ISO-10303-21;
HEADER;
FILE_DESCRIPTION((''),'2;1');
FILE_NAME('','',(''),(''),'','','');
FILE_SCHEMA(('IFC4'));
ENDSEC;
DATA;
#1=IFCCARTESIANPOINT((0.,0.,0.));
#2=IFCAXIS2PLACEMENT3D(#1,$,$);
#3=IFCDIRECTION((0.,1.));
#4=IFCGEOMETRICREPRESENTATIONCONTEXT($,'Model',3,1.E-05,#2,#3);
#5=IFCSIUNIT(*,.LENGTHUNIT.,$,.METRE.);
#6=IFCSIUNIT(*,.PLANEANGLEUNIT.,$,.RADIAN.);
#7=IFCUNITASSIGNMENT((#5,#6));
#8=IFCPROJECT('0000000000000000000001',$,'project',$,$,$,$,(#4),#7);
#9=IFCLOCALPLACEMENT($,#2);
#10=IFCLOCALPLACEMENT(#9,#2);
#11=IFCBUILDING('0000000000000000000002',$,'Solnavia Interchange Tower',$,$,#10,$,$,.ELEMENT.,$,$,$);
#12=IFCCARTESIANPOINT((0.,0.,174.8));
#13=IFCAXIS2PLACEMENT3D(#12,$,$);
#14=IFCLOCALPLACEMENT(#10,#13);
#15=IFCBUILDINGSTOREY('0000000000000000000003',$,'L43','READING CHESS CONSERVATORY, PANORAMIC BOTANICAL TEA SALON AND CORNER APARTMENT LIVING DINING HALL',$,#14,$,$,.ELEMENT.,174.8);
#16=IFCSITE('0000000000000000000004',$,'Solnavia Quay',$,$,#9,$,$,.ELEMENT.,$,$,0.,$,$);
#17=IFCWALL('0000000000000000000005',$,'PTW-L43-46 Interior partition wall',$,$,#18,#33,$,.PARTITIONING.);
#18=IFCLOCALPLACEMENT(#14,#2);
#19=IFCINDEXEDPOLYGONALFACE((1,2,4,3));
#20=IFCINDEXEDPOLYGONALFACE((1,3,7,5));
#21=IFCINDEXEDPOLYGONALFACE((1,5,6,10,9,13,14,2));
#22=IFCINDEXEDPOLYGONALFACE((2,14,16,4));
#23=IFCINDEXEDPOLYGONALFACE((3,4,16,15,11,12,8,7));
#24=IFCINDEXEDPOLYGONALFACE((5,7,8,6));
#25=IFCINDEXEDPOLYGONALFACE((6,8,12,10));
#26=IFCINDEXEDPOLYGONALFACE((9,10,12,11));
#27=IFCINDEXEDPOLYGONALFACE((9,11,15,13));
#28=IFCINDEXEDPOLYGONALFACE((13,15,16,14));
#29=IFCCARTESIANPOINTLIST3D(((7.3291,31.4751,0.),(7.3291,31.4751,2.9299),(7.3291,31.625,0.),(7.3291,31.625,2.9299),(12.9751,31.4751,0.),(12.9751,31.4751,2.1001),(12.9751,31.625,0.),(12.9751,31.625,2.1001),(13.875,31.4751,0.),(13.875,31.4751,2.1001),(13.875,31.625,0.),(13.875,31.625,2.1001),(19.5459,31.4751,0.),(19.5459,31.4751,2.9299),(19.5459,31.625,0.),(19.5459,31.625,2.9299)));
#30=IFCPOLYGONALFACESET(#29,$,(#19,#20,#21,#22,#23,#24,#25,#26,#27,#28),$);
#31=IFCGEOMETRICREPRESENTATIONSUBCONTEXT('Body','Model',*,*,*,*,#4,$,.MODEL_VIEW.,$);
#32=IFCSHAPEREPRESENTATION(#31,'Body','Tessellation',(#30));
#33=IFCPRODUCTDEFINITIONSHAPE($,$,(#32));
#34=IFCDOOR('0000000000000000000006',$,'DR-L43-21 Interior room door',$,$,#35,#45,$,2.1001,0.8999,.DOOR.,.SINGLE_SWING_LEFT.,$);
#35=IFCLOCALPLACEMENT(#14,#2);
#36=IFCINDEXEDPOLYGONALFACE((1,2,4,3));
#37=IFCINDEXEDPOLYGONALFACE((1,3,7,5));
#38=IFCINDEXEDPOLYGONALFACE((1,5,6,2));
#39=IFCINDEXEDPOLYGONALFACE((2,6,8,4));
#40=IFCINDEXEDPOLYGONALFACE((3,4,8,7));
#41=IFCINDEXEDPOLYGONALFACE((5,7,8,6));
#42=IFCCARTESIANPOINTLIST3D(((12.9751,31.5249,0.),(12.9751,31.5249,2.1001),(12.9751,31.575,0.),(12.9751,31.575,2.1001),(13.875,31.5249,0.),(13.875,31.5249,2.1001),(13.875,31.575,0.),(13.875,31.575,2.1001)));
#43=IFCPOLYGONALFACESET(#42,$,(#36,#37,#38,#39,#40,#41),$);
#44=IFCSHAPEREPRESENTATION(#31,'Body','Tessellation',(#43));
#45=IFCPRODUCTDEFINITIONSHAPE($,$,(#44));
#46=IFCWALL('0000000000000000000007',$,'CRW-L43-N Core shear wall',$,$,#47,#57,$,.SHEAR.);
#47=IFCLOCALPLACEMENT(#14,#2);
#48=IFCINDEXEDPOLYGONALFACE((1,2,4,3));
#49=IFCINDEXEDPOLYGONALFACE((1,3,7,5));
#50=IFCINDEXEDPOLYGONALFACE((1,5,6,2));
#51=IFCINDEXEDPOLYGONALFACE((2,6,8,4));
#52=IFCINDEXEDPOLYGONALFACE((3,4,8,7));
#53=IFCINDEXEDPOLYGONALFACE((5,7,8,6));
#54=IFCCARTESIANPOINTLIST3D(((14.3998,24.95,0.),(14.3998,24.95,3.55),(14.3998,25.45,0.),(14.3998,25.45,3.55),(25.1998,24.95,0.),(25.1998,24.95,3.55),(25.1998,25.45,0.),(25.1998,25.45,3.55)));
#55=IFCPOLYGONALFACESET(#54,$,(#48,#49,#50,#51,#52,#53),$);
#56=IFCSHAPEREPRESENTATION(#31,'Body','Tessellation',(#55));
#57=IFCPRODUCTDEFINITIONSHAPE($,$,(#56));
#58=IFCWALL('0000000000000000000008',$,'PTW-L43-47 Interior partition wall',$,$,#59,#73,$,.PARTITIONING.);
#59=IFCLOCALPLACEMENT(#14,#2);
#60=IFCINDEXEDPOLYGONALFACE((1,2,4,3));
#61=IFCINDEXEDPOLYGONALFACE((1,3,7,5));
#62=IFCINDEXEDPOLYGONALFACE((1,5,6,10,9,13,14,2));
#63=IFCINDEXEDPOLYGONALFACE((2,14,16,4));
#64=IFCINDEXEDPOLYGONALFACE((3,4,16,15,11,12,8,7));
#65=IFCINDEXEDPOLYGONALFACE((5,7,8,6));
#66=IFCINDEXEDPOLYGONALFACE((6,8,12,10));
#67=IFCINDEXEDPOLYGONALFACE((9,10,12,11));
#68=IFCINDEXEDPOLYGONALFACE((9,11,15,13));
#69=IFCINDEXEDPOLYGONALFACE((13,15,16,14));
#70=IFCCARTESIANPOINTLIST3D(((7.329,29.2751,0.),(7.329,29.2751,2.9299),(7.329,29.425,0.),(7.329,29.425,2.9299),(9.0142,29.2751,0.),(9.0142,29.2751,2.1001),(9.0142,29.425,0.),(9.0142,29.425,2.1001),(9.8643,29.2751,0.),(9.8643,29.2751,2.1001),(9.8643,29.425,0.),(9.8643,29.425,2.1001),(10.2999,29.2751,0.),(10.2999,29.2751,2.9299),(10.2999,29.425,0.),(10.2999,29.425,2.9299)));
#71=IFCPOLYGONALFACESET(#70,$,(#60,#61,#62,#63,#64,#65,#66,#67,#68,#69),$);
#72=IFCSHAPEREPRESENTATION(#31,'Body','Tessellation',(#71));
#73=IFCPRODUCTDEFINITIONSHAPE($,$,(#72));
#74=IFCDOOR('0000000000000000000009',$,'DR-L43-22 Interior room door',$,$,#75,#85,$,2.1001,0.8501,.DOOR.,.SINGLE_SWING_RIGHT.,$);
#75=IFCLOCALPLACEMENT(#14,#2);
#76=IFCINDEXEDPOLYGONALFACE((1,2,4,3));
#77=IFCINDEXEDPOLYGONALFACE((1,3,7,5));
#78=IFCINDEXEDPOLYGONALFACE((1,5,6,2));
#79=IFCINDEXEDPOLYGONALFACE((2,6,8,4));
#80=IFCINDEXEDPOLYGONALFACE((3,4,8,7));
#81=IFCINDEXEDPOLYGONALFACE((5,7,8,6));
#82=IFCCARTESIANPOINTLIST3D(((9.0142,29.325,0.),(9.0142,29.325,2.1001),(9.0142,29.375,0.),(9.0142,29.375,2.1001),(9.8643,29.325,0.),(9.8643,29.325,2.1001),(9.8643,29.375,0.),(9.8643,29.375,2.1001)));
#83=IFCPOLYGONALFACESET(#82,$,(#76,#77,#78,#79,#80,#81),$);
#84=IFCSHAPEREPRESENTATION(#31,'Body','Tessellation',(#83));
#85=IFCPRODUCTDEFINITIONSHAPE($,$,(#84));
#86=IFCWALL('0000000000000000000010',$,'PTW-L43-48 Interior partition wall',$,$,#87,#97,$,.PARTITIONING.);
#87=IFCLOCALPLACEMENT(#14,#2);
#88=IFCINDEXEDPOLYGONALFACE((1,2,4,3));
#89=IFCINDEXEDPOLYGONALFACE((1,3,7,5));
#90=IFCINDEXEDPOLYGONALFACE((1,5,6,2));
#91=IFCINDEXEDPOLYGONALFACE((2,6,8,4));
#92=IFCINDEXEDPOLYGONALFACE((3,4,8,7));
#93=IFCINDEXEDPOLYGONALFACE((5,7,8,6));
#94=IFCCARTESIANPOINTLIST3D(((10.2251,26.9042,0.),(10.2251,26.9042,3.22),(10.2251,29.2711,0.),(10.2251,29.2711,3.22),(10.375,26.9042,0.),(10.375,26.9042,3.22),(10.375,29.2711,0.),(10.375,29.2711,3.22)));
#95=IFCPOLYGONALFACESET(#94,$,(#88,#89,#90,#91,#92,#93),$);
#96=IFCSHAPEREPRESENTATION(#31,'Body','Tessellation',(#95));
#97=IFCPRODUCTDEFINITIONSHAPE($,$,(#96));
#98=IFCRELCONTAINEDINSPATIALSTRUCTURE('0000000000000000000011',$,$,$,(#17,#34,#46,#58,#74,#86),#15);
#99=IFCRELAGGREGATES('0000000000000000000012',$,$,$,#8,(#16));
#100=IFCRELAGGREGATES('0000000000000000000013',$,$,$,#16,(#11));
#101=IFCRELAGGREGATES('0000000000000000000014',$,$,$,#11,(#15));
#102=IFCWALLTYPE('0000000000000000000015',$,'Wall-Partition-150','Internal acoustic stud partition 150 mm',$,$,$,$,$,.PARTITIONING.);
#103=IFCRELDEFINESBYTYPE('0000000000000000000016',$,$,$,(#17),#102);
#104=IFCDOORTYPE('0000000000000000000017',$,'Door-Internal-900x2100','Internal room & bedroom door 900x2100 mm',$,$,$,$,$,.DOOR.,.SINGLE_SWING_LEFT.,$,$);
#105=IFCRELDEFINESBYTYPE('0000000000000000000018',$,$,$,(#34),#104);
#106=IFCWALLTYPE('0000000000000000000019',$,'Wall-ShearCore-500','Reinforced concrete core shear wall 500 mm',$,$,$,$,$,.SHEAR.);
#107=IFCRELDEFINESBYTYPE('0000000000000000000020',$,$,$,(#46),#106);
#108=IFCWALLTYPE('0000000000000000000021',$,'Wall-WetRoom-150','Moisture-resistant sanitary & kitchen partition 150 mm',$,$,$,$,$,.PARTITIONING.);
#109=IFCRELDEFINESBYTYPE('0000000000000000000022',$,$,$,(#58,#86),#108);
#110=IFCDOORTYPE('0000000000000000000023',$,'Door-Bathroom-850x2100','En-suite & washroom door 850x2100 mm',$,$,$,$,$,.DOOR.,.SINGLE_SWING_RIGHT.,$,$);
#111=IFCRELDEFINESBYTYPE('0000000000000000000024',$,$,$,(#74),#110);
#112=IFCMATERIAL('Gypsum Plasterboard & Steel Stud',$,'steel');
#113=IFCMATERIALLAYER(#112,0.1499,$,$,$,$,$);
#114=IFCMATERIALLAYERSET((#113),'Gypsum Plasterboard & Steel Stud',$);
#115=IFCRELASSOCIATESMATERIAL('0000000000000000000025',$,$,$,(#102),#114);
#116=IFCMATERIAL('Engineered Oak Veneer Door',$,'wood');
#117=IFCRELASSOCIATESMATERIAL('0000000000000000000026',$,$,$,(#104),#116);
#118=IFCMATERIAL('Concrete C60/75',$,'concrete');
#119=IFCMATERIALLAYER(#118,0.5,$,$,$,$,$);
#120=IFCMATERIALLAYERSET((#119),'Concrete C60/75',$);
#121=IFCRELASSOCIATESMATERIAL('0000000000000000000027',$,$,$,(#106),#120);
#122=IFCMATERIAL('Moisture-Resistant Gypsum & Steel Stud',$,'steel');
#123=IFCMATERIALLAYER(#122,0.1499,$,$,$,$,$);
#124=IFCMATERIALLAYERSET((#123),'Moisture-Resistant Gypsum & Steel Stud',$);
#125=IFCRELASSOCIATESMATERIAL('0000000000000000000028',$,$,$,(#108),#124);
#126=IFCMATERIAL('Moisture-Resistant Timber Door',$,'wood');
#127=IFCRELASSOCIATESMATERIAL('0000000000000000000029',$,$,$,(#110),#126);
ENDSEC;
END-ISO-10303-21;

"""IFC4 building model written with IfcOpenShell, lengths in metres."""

from ifc_helpers import new_model, si_unit, direction, frame, frame_2d, origin, place, context, subcontext, project, spatial, rectangle, extrude, material, layer, layer_set, type_object, element, fill, save


model = new_model("IFC4")

# Units and contexts
model_context = context("Model", 3, precision=1e-05, world=origin(), true_north=direction((0.0, 1.0)))
body_context = subcontext(model_context, "Body", "Model", "MODEL_VIEW")
ifc_project = project(units=[si_unit("LENGTHUNIT", "METRE"), si_unit("PLANEANGLEUNIT", "RADIAN")], contexts=[model_context])

# Site, building, storey
site_placement = place(None, origin())
site = spatial("IfcSite", under=ifc_project, at=site_placement, Name="Solnavia Quay", CompositionType="ELEMENT", RefElevation=0.0)
building_placement = place(site_placement, origin())
building = spatial("IfcBuilding", under=site, at=building_placement, Name="Solnavia Interchange Tower", CompositionType="ELEMENT")
storey_placement = place(building_placement, frame((0.0, 0.0, 174.8)))
storey = spatial("IfcBuildingStorey", under=building, at=storey_placement, Name="L43", Description="READING CHESS CONSERVATORY, PANORAMIC BOTANICAL TEA SALON AND CORNER APARTMENT LIVING DINING HALL", CompositionType="ELEMENT", Elevation=174.8)

# Shared definitions
ifc_material_1 = material(Name="Gypsum Plasterboard & Steel Stud", Category="steel")
ifc_layer_1 = layer(ifc_material_1, 0.1499)
ifc_layer_set_1 = layer_set([ifc_layer_1], Name="Gypsum Plasterboard & Steel Stud")
wall_type_1 = type_object("IfcWallType", Name="Wall-Partition-150", Description="Internal acoustic stud partition 150 mm", PredefinedType="PARTITIONING", material=ifc_layer_set_1)

# Wall, opening, door
wall_1_placement = place(storey_placement, frame((7.3291, 31.55, 0.0), z_axis=(0.0, 0.0, 1.0), x_axis=(1.0, 0.0, 0.0)))
wall_1 = element("IfcWall", 1, at=wall_1_placement, inside=storey, type_object=wall_type_1, Name="PTW-L43-46 Interior partition wall", PredefinedType="PARTITIONING", context=body_context, shape_type="SweptSolid", body=[
    extrude(rectangle(XDim=12.2168, YDim=0.1499, at=frame_2d((6.1084, 0.0))), origin(), (0.0, 0.0, 1.0), 2.9299),
])
opening_1_placement = place(wall_1_placement, frame((5.646, 0.0, 0.0)))
opening_1 = element("IfcOpeningElement", 2, at=opening_1_placement, cuts=wall_1, PredefinedType="OPENING", context=body_context, shape_type="SweptSolid", body=[
    extrude(rectangle(XDim=0.8999, YDim=2.1001, at=frame_2d((0.45, 1.05))), frame((0.0, 0.085, 0.0), z_axis=(0.0, -1.0, 0.0), x_axis=(1.0, 0.0, 0.0)), (0.0, 0.0, 1.0), 0.1699),
])
ifc_material_2 = material(Name="Engineered Oak Veneer Door", Category="wood")
door_type_1 = type_object("IfcDoorType", Name="Door-Internal-900x2100", Description="Internal room & bedroom door 900x2100 mm", OperationType="SINGLE_SWING_LEFT", PredefinedType="DOOR", material=ifc_material_2)
door_1_placement = place(opening_1_placement, origin())
door_1 = element("IfcDoor", 3, at=door_1_placement, inside=storey, type_object=door_type_1, Name="DR-L43-21 Interior room door", OperationType="SINGLE_SWING_LEFT", OverallHeight=2.1001, OverallWidth=0.8999, PredefinedType="DOOR", context=body_context, shape_type="SweptSolid", body=[
    extrude(rectangle(XDim=0.8999, YDim=2.1001, at=frame_2d((0.45, 1.05))), frame((0.0, 0.0249, 0.0), z_axis=(0.0, -1.0, 0.0), x_axis=(1.0, 0.0, 0.0)), (0.0, 0.0, 1.0), 0.05),
])
fill(opening_1, door_1)

# Wall
ifc_material_3 = material(Name="Concrete C60/75", Category="concrete")
ifc_layer_2 = layer(ifc_material_3, 0.5)
ifc_layer_set_2 = layer_set([ifc_layer_2], Name="Concrete C60/75")
wall_type_2 = type_object("IfcWallType", Name="Wall-ShearCore-500", Description="Reinforced concrete core shear wall 500 mm", PredefinedType="SHEAR", material=ifc_layer_set_2)
wall_2_placement = place(storey_placement, frame((14.3999, 25.2, 0.0), z_axis=(0.0, 0.0, 1.0), x_axis=(1.0, 0.0, 0.0)))
element("IfcWall", 4, at=wall_2_placement, inside=storey, type_object=wall_type_2, Name="CRW-L43-N Core shear wall", PredefinedType="SHEAR", context=body_context, shape_type="SweptSolid", body=[
    extrude(rectangle(XDim=10.8, YDim=0.5, at=frame_2d((5.3999, 0.0))), origin(), (0.0, 0.0, 1.0), 3.55),
])

# Wall, opening, door
ifc_material_4 = material(Name="Moisture-Resistant Gypsum & Steel Stud", Category="steel")
ifc_layer_3 = layer(ifc_material_4, 0.1499)
ifc_layer_set_3 = layer_set([ifc_layer_3], Name="Moisture-Resistant Gypsum & Steel Stud")
wall_type_3 = type_object("IfcWallType", Name="Wall-WetRoom-150", Description="Moisture-resistant sanitary & kitchen partition 150 mm", PredefinedType="PARTITIONING", material=ifc_layer_set_3)
wall_3_placement = place(storey_placement, frame((7.3291, 29.3501, 0.0), z_axis=(0.0, 0.0, 1.0), x_axis=(1.0, 0.0, 0.0)))
wall_3 = element("IfcWall", 5, at=wall_3_placement, inside=storey, type_object=wall_type_3, Name="PTW-L43-47 Interior partition wall", PredefinedType="PARTITIONING", context=body_context, shape_type="SweptSolid", body=[
    extrude(rectangle(XDim=2.9709, YDim=0.1499, at=frame_2d((1.4854, 0.0))), origin(), (0.0, 0.0, 1.0), 2.9299),
])
opening_2_placement = place(wall_3_placement, frame((1.6851, 0.0, 0.0)))
opening_2 = element("IfcOpeningElement", 6, at=opening_2_placement, cuts=wall_3, PredefinedType="OPENING", context=body_context, shape_type="SweptSolid", body=[
    extrude(rectangle(XDim=0.8501, YDim=2.1001, at=frame_2d((0.425, 1.05))), frame((0.0, 0.085, 0.0), z_axis=(0.0, -1.0, 0.0), x_axis=(1.0, 0.0, 0.0)), (0.0, 0.0, 1.0), 0.1699),
])
ifc_material_5 = material(Name="Moisture-Resistant Timber Door", Category="wood")
door_type_2 = type_object("IfcDoorType", Name="Door-Bathroom-850x2100", Description="En-suite & washroom door 850x2100 mm", OperationType="SINGLE_SWING_RIGHT", PredefinedType="DOOR", material=ifc_material_5)
door_2_placement = place(opening_2_placement, origin())
door_2 = element("IfcDoor", 7, at=door_2_placement, inside=storey, type_object=door_type_2, Name="DR-L43-22 Interior room door", OperationType="SINGLE_SWING_RIGHT", OverallHeight=2.1001, OverallWidth=0.8501, PredefinedType="DOOR", context=body_context, shape_type="SweptSolid", body=[
    extrude(rectangle(XDim=0.8501, YDim=2.1001, at=frame_2d((0.425, 1.05))), frame((0.0, 0.0249, 0.0), z_axis=(0.0, -1.0, 0.0), x_axis=(1.0, 0.0, 0.0)), (0.0, 0.0, 1.0), 0.05),
])
fill(opening_2, door_2)

# Wall
wall_4_placement = place(storey_placement, frame((10.3, 26.9041, 0.0), z_axis=(0.0, 0.0, 1.0), x_axis=(0.0, 1.0, 0.0)))
element("IfcWall", 8, at=wall_4_placement, inside=storey, type_object=wall_type_3, Name="PTW-L43-48 Interior partition wall", PredefinedType="PARTITIONING", context=body_context, shape_type="SweptSolid", body=[
    extrude(rectangle(XDim=2.3669, YDim=0.1499, at=frame_2d((1.1836, 0.0))), origin(), (0.0, 0.0, 1.0), 3.22),
])

save(model, "model.ifc")
